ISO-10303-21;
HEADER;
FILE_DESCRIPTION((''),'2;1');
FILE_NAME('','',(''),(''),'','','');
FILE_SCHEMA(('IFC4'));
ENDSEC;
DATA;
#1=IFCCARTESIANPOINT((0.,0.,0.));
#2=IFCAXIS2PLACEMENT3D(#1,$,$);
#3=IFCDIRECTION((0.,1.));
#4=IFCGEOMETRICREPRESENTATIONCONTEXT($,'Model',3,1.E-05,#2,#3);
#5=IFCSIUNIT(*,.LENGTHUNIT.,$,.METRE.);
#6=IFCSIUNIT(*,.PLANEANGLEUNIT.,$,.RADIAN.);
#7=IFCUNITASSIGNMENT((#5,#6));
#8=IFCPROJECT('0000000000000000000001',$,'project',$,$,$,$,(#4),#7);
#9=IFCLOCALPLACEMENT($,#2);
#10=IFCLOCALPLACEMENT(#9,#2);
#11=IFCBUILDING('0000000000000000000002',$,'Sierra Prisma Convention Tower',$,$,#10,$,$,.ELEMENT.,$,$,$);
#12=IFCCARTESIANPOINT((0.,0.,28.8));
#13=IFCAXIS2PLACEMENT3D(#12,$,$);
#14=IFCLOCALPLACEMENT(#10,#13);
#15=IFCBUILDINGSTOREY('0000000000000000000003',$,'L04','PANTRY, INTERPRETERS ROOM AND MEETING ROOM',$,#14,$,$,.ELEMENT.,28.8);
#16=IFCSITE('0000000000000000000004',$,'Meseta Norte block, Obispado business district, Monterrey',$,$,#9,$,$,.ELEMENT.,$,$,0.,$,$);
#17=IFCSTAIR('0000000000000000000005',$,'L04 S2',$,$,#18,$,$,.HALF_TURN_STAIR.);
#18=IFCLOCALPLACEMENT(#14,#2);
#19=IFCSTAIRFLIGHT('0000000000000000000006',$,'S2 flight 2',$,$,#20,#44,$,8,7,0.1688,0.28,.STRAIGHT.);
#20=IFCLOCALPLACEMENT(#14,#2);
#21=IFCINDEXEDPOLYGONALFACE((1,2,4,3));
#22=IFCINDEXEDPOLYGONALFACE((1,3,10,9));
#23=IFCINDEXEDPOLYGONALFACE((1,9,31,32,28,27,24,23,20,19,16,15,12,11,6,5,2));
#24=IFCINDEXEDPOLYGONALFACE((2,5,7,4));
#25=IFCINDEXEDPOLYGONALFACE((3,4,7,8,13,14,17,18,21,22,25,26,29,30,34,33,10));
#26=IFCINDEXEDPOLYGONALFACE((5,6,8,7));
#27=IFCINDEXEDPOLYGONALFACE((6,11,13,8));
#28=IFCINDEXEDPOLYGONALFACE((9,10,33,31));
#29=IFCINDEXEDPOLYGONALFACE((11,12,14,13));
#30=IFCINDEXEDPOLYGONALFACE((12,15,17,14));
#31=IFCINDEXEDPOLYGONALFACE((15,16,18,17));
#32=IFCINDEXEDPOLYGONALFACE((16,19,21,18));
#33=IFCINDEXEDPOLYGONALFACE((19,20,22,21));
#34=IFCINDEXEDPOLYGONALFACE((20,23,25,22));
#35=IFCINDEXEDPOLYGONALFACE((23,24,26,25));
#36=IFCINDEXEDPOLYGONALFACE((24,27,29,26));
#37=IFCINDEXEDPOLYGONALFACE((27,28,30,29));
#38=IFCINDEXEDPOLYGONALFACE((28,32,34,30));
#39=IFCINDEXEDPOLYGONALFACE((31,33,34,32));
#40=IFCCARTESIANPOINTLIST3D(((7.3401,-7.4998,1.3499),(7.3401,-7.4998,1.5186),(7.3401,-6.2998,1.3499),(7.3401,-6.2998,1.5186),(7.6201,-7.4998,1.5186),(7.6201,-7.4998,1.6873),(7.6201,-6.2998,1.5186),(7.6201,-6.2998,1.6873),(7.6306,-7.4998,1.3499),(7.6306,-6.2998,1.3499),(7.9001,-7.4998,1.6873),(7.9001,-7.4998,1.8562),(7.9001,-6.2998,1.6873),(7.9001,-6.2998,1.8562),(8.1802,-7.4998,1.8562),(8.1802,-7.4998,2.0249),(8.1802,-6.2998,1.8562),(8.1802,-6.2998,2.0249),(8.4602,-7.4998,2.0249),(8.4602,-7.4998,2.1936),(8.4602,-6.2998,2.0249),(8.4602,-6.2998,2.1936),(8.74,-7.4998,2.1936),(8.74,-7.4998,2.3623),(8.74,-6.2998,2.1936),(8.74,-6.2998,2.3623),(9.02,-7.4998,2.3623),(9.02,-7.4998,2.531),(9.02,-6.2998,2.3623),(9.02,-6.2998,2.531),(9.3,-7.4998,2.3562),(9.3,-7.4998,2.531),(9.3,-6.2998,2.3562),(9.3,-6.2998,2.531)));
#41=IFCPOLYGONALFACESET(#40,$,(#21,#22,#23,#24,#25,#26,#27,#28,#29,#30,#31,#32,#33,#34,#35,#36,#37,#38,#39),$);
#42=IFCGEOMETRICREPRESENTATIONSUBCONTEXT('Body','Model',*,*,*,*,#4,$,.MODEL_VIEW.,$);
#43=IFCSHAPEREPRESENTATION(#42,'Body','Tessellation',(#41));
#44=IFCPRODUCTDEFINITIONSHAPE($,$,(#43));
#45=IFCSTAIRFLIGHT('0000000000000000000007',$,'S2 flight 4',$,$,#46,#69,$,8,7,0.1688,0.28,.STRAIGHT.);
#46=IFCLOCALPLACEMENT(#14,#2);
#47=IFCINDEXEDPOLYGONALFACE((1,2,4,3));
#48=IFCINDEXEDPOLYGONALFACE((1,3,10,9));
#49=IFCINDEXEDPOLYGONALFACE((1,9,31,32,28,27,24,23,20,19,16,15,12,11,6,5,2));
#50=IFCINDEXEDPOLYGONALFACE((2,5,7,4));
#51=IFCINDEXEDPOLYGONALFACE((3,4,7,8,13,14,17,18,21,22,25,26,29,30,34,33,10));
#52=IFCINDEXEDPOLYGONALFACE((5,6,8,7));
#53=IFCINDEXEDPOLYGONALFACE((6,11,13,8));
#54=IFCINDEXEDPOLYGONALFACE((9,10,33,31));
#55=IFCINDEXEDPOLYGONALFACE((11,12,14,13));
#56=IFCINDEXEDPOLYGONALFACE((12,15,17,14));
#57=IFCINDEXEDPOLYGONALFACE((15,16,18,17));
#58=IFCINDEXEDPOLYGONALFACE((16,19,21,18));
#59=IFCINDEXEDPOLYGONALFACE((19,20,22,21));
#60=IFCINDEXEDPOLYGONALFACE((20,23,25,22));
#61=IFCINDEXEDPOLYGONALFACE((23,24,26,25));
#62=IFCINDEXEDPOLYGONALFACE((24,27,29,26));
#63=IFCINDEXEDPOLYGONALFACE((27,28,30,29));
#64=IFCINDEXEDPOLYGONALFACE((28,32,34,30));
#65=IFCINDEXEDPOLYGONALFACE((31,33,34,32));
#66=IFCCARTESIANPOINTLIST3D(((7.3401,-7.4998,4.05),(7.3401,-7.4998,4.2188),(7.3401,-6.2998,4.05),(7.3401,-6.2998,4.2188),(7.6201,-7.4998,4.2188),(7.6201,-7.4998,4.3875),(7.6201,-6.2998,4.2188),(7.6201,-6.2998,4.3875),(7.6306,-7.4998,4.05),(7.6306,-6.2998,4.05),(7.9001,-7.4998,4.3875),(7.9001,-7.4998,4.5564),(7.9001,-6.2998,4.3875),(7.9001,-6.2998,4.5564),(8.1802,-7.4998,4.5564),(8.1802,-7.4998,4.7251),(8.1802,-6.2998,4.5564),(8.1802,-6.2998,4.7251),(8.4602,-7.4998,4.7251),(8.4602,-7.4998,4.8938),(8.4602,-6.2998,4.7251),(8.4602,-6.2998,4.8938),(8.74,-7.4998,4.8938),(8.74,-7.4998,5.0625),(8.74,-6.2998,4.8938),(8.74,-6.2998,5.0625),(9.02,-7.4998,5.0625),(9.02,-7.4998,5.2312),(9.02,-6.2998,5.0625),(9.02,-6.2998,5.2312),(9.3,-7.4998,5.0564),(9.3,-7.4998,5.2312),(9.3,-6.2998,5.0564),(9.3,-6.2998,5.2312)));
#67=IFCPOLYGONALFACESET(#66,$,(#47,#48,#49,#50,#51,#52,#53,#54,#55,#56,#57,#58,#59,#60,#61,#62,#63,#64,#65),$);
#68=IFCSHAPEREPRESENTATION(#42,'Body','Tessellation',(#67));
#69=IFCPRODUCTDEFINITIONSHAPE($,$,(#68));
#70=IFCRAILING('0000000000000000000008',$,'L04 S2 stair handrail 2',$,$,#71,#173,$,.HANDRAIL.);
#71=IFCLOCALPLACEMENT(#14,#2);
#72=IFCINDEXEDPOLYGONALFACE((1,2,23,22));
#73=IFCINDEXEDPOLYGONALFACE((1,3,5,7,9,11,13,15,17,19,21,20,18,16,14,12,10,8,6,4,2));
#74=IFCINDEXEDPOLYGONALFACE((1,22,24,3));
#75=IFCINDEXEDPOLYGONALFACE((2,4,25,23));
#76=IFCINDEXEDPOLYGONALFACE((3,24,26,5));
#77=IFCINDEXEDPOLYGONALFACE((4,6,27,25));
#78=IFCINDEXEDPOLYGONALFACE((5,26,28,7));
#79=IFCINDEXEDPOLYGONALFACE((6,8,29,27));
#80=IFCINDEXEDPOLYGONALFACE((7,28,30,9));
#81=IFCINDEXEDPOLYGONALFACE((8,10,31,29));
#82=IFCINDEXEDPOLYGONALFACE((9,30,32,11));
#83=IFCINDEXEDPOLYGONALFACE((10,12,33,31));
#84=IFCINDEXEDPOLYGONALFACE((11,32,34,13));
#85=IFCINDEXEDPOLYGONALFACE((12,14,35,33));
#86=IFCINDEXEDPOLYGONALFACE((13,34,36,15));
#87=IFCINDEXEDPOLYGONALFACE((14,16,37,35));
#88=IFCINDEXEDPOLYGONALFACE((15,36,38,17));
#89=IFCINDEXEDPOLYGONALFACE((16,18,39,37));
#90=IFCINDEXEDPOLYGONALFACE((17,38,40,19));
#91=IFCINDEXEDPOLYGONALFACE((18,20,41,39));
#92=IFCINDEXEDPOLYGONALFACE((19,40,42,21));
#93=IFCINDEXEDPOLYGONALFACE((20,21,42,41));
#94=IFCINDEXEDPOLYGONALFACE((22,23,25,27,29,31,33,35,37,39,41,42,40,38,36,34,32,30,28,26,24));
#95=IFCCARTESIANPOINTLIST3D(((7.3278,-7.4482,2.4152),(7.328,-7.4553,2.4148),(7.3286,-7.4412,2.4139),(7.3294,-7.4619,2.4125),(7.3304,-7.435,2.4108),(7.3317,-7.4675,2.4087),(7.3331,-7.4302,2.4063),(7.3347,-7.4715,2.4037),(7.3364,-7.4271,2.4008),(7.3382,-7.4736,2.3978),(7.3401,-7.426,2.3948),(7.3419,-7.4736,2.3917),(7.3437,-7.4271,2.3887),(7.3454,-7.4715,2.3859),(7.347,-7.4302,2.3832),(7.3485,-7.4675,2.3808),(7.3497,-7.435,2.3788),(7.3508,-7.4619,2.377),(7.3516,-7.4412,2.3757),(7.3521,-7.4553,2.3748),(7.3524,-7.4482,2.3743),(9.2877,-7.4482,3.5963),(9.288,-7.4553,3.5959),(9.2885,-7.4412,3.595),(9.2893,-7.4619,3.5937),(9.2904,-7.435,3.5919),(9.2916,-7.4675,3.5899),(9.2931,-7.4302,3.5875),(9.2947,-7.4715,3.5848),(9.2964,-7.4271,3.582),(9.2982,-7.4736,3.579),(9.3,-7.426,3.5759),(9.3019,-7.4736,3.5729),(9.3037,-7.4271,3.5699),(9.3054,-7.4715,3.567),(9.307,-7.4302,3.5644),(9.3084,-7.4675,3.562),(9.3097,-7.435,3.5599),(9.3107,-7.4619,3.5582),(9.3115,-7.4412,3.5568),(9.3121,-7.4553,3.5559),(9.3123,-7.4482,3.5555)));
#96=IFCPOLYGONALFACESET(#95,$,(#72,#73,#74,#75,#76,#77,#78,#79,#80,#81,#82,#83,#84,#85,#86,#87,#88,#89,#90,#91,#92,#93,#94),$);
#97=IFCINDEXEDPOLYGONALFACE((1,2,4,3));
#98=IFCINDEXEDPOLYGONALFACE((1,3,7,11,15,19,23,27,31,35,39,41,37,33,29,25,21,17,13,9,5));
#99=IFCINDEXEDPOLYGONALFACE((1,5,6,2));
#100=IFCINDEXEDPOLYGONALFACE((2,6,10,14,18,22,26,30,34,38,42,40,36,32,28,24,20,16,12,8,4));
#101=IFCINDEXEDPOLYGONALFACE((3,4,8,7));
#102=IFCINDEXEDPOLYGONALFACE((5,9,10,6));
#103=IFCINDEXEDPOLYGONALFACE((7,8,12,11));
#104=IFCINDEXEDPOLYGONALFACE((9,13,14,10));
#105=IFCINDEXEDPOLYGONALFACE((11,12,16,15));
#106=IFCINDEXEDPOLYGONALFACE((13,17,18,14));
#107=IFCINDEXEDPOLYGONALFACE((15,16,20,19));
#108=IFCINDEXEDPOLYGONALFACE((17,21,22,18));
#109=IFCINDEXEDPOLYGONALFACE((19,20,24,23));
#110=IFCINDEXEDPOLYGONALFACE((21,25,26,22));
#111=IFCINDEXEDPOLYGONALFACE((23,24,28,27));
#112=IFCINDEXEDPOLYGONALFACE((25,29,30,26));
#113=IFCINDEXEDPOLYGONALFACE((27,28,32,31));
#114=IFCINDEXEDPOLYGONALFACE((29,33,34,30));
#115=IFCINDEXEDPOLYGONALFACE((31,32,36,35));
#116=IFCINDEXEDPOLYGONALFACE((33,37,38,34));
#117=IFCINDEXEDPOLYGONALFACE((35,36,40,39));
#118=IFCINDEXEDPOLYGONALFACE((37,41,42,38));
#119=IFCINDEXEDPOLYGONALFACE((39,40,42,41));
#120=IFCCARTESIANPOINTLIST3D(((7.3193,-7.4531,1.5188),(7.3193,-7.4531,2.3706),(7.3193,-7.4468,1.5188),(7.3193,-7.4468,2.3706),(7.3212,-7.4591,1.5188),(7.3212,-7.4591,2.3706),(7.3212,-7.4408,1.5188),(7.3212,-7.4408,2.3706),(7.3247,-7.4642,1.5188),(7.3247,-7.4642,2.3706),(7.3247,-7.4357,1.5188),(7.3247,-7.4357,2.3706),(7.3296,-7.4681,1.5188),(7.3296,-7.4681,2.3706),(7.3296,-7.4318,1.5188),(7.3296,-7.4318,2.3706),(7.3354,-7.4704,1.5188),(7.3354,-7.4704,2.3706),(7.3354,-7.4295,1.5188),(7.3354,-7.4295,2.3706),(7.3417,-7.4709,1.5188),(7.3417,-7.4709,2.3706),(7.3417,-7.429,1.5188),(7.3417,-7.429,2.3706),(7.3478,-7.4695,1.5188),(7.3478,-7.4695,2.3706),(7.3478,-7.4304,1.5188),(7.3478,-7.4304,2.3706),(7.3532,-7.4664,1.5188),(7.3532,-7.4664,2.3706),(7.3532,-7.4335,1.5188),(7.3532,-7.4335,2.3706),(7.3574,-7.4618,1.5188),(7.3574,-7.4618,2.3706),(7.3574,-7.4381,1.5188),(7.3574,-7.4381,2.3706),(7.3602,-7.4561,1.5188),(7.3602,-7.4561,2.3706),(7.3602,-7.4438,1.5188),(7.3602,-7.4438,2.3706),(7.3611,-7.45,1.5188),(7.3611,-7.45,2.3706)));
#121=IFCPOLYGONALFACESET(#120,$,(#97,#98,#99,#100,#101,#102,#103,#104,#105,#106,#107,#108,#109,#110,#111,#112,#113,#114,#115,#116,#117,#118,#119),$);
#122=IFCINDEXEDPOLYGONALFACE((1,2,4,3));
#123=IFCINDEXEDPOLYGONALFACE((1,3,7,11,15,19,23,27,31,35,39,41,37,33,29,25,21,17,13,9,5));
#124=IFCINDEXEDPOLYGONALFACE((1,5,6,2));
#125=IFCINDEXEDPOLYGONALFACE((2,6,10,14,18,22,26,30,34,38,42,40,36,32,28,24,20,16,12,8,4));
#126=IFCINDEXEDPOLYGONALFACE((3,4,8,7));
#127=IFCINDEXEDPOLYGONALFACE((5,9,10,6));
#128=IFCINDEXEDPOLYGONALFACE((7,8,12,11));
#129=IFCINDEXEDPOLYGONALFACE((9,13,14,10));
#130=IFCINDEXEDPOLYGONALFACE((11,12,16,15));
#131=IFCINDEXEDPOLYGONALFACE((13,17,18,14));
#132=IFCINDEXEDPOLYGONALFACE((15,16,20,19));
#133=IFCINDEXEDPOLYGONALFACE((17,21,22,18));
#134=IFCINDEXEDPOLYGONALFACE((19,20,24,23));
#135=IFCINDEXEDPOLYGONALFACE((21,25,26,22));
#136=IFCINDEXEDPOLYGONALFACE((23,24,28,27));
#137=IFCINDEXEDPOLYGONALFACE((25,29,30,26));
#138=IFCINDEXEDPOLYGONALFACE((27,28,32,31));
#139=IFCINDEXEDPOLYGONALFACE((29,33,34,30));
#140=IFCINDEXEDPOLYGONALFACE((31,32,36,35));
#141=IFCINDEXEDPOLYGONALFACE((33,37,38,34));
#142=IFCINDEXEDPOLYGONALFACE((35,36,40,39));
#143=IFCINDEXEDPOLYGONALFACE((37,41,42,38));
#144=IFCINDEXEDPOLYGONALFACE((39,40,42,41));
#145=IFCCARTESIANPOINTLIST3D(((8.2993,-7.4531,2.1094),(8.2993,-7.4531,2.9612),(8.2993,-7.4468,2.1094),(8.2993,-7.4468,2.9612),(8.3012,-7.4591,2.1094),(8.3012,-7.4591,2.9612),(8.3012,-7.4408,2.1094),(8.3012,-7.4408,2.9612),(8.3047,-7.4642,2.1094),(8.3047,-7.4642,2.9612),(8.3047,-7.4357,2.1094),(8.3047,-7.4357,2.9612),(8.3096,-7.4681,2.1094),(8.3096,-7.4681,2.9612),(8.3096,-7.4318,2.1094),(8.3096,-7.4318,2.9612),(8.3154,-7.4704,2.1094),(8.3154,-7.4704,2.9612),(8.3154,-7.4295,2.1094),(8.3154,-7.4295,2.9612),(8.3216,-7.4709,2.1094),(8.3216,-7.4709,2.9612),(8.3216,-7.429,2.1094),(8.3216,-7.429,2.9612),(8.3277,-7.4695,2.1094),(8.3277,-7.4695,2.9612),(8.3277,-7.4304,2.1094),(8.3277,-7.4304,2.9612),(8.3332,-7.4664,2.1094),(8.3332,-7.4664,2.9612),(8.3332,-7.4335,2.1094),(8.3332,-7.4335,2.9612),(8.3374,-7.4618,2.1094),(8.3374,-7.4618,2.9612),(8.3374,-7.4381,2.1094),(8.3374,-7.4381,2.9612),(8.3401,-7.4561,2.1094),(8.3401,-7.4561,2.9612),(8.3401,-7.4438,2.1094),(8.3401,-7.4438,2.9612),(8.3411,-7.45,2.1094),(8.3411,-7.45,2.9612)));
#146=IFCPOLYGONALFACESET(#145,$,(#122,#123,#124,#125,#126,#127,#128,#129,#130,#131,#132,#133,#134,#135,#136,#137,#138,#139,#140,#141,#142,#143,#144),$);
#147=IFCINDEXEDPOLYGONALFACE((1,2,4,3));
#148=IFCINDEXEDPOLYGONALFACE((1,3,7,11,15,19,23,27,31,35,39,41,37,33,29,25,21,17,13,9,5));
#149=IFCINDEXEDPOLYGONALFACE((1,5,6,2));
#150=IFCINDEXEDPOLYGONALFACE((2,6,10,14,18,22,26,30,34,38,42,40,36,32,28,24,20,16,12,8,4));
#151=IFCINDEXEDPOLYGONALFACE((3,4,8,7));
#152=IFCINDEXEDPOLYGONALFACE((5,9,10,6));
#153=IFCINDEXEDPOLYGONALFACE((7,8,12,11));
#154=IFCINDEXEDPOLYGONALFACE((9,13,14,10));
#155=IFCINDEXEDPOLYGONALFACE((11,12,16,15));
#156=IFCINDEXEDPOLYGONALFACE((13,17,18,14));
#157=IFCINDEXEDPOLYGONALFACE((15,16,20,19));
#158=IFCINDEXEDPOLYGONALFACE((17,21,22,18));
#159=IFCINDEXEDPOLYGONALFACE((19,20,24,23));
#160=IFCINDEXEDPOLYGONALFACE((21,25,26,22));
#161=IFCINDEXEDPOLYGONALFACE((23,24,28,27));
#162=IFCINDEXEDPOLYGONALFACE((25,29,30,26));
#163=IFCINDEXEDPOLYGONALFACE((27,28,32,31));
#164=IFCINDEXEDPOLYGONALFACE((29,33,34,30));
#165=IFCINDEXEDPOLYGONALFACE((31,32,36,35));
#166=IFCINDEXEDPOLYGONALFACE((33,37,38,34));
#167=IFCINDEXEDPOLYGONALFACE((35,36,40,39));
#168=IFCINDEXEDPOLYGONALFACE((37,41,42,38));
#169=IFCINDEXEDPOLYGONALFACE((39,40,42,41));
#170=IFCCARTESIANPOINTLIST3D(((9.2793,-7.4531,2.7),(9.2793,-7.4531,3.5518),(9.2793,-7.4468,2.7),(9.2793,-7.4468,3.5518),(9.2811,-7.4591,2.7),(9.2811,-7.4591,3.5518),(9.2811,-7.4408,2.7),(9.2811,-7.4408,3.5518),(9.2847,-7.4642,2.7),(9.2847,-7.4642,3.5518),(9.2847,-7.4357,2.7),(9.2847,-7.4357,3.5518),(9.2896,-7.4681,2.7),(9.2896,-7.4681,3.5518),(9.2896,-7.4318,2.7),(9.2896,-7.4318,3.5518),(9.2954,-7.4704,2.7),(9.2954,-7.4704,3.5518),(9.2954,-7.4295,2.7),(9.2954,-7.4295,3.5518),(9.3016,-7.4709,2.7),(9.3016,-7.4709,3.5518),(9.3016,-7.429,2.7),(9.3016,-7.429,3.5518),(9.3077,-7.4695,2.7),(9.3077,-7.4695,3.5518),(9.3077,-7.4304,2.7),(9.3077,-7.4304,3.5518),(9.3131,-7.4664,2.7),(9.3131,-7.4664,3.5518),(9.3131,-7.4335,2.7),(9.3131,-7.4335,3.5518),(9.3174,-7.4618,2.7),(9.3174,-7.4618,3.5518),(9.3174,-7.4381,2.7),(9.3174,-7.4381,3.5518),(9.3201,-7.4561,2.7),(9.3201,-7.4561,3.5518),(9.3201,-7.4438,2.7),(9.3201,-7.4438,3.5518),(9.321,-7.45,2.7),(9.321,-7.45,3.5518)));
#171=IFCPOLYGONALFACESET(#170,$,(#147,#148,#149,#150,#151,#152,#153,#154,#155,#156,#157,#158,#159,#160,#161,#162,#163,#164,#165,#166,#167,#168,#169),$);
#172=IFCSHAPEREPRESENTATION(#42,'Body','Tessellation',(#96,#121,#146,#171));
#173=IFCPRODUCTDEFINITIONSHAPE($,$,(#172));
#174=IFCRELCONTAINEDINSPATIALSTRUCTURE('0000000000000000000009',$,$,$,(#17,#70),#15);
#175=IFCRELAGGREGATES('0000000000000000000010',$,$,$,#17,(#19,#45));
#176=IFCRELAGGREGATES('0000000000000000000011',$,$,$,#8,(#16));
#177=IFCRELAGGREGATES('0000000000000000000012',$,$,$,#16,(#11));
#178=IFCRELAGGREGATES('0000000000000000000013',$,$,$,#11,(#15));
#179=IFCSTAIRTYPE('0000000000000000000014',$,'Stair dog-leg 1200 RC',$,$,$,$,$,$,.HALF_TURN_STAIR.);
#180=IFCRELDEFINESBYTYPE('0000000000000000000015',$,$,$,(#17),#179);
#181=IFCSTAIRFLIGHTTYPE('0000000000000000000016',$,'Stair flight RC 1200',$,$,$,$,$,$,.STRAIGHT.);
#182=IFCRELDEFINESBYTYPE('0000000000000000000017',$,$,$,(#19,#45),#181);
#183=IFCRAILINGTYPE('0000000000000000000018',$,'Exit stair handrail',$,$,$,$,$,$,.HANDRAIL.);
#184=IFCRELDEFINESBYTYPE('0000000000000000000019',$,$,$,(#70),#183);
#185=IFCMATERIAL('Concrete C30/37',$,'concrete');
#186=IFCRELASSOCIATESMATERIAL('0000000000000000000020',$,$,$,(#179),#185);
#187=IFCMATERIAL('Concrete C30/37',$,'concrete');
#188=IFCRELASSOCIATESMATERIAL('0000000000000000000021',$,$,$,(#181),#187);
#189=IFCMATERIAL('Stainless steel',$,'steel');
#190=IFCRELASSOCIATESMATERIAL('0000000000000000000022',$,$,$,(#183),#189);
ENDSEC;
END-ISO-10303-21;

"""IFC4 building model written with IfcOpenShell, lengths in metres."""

from ifc_helpers import new_model, si_unit, direction, frame, origin, origin_2d, place, context, subcontext, project, spatial, polyline, circle, outline, extrude, material, type_object, element, aggregate, save


model = new_model("IFC4")

# Units and contexts
model_context = context("Model", 3, precision=1e-05, world=origin(), true_north=direction((0.0, 1.0)))
body_context = subcontext(model_context, "Body", "Model", "MODEL_VIEW")
ifc_project = project(units=[si_unit("LENGTHUNIT", "METRE"), si_unit("PLANEANGLEUNIT", "RADIAN")], contexts=[model_context])

# Site, building, storey
site_placement = place(None, origin())
site = spatial("IfcSite", under=ifc_project, at=site_placement, Name="Meseta Norte block, Obispado business district, Monterrey", CompositionType="ELEMENT", RefElevation=0.0)
building_placement = place(site_placement, origin())
building = spatial("IfcBuilding", under=site, at=building_placement, Name="Sierra Prisma Convention Tower", CompositionType="ELEMENT")
storey_placement = place(building_placement, frame((0.0, 0.0, 28.8)))
storey = spatial("IfcBuildingStorey", under=building, at=storey_placement, Name="L04", Description="PANTRY, INTERPRETERS ROOM AND MEETING ROOM", CompositionType="ELEMENT", Elevation=28.8)

# Stair, stair flights
ifc_material_1 = material(Name="Concrete C30/37", Category="concrete")
stair_type = type_object("IfcStairType", Name="Stair dog-leg 1200 RC", PredefinedType="HALF_TURN_STAIR", material=ifc_material_1)
stair_placement = place(storey_placement, origin())
stair = element("IfcStair", 1, at=stair_placement, inside=storey, type_object=stair_type, Name="L04 S2", PredefinedType="HALF_TURN_STAIR")
ifc_material_2 = material(Name="Concrete C30/37", Category="concrete")
stair_flight_type = type_object("IfcStairFlightType", Name="Stair flight RC 1200", PredefinedType="STRAIGHT", material=ifc_material_2)
stair_flight_1_placement = place(storey_placement, frame((7.3401, -6.8999, 1.3499), z_axis=(0.0, 0.0, 1.0), x_axis=(1.0, 0.0, 0.0)))
stair_flight_1 = element("IfcStairFlight", 2, at=stair_flight_1_placement, type_object=stair_flight_type, Name="S2 flight 2", NumberOfRisers=8, NumberOfTreads=7, PredefinedType="STRAIGHT", RiserHeight=0.1688, TreadLength=0.28, context=body_context, shape_type="SweptSolid", body=[
    extrude(outline(polyline([(0.0, 0.0), (0.0, 0.1687), (0.28, 0.1687), (0.28, 0.3374), (0.5601, 0.3374), (0.5601, 0.5063), (0.8401, 0.5063), (0.8401, 0.675), (1.1201, 0.675), (1.1201, 0.8438), (1.3999, 0.8438), (1.3999, 1.0125), (1.6799, 1.0125), (1.6799, 1.1812), (1.96, 1.1812), (1.96, 1.3501), (1.96, 1.0063), (0.2905, 0.0), (0.0, 0.0)])), frame((0.0, 0.6001, 0.0), z_axis=(0.0, -1.0, 0.0), x_axis=(1.0, 0.0, 0.0)), (0.0, 0.0, 1.0), 1.2),
])
stair_flight_2_placement = place(storey_placement, frame((7.3401, -6.8999, 4.05), z_axis=(0.0, 0.0, 1.0), x_axis=(1.0, 0.0, 0.0)))
stair_flight_2 = element("IfcStairFlight", 3, at=stair_flight_2_placement, type_object=stair_flight_type, Name="S2 flight 4", NumberOfRisers=8, NumberOfTreads=7, PredefinedType="STRAIGHT", RiserHeight=0.1688, TreadLength=0.28, context=body_context, shape_type="SweptSolid", body=[
    extrude(outline(polyline([(0.0, 0.0), (0.0, 0.1687), (0.28, 0.1687), (0.28, 0.3374), (0.5601, 0.3374), (0.5601, 0.5063), (0.8401, 0.5063), (0.8401, 0.675), (1.1201, 0.675), (1.1201, 0.8438), (1.3999, 0.8438), (1.3999, 1.0125), (1.6799, 1.0125), (1.6799, 1.1812), (1.96, 1.1812), (1.96, 1.3501), (1.96, 1.0063), (0.2905, 0.0), (0.0, 0.0)])), frame((0.0, 0.6001, 0.0), z_axis=(0.0, -1.0, 0.0), x_axis=(1.0, 0.0, 0.0)), (0.0, 0.0, 1.0), 1.2),
])
aggregate(stair, [stair_flight_1, stair_flight_2])

# Railing
ifc_material_3 = material(Name="Stainless steel", Category="steel")
railing_type_1 = type_object("IfcRailingType", Name="Exit stair handrail", PredefinedType="HANDRAIL", material=ifc_material_3)
for number, where, name in (
    (4, (7.3401, -7.45, 1.5188), "L04 S2 stair handrail 2"),
):
    element("IfcRailing", number, at=place(storey_placement, frame(where)), inside=storey, type_object=railing_type_1, Name=name, PredefinedType="HANDRAIL", context=body_context, shape_type="SweptSolid", body=[
        extrude(circle(Radius=0.0239, at=origin_2d()), frame((0.0, 0.0, 0.876), z_axis=(0.856493, 0.0, 0.516158), x_axis=(0.0, 1.0, 0.0)), (0.0, 0.0, 1.0), 2.2883),
        extrude(circle(Radius=0.021, at=origin_2d()), origin(), (0.0, 0.0, 1.0), 0.8518),
        extrude(circle(Radius=0.021, at=origin_2d()), frame((0.98, 0.0, 0.5906)), (0.0, 0.0, 1.0), 0.8518),
        extrude(circle(Radius=0.021, at=origin_2d()), frame((1.96, 0.0, 1.1812)), (0.0, 0.0, 1.0), 0.8518),
    ])

save(model, "model.ifc")
